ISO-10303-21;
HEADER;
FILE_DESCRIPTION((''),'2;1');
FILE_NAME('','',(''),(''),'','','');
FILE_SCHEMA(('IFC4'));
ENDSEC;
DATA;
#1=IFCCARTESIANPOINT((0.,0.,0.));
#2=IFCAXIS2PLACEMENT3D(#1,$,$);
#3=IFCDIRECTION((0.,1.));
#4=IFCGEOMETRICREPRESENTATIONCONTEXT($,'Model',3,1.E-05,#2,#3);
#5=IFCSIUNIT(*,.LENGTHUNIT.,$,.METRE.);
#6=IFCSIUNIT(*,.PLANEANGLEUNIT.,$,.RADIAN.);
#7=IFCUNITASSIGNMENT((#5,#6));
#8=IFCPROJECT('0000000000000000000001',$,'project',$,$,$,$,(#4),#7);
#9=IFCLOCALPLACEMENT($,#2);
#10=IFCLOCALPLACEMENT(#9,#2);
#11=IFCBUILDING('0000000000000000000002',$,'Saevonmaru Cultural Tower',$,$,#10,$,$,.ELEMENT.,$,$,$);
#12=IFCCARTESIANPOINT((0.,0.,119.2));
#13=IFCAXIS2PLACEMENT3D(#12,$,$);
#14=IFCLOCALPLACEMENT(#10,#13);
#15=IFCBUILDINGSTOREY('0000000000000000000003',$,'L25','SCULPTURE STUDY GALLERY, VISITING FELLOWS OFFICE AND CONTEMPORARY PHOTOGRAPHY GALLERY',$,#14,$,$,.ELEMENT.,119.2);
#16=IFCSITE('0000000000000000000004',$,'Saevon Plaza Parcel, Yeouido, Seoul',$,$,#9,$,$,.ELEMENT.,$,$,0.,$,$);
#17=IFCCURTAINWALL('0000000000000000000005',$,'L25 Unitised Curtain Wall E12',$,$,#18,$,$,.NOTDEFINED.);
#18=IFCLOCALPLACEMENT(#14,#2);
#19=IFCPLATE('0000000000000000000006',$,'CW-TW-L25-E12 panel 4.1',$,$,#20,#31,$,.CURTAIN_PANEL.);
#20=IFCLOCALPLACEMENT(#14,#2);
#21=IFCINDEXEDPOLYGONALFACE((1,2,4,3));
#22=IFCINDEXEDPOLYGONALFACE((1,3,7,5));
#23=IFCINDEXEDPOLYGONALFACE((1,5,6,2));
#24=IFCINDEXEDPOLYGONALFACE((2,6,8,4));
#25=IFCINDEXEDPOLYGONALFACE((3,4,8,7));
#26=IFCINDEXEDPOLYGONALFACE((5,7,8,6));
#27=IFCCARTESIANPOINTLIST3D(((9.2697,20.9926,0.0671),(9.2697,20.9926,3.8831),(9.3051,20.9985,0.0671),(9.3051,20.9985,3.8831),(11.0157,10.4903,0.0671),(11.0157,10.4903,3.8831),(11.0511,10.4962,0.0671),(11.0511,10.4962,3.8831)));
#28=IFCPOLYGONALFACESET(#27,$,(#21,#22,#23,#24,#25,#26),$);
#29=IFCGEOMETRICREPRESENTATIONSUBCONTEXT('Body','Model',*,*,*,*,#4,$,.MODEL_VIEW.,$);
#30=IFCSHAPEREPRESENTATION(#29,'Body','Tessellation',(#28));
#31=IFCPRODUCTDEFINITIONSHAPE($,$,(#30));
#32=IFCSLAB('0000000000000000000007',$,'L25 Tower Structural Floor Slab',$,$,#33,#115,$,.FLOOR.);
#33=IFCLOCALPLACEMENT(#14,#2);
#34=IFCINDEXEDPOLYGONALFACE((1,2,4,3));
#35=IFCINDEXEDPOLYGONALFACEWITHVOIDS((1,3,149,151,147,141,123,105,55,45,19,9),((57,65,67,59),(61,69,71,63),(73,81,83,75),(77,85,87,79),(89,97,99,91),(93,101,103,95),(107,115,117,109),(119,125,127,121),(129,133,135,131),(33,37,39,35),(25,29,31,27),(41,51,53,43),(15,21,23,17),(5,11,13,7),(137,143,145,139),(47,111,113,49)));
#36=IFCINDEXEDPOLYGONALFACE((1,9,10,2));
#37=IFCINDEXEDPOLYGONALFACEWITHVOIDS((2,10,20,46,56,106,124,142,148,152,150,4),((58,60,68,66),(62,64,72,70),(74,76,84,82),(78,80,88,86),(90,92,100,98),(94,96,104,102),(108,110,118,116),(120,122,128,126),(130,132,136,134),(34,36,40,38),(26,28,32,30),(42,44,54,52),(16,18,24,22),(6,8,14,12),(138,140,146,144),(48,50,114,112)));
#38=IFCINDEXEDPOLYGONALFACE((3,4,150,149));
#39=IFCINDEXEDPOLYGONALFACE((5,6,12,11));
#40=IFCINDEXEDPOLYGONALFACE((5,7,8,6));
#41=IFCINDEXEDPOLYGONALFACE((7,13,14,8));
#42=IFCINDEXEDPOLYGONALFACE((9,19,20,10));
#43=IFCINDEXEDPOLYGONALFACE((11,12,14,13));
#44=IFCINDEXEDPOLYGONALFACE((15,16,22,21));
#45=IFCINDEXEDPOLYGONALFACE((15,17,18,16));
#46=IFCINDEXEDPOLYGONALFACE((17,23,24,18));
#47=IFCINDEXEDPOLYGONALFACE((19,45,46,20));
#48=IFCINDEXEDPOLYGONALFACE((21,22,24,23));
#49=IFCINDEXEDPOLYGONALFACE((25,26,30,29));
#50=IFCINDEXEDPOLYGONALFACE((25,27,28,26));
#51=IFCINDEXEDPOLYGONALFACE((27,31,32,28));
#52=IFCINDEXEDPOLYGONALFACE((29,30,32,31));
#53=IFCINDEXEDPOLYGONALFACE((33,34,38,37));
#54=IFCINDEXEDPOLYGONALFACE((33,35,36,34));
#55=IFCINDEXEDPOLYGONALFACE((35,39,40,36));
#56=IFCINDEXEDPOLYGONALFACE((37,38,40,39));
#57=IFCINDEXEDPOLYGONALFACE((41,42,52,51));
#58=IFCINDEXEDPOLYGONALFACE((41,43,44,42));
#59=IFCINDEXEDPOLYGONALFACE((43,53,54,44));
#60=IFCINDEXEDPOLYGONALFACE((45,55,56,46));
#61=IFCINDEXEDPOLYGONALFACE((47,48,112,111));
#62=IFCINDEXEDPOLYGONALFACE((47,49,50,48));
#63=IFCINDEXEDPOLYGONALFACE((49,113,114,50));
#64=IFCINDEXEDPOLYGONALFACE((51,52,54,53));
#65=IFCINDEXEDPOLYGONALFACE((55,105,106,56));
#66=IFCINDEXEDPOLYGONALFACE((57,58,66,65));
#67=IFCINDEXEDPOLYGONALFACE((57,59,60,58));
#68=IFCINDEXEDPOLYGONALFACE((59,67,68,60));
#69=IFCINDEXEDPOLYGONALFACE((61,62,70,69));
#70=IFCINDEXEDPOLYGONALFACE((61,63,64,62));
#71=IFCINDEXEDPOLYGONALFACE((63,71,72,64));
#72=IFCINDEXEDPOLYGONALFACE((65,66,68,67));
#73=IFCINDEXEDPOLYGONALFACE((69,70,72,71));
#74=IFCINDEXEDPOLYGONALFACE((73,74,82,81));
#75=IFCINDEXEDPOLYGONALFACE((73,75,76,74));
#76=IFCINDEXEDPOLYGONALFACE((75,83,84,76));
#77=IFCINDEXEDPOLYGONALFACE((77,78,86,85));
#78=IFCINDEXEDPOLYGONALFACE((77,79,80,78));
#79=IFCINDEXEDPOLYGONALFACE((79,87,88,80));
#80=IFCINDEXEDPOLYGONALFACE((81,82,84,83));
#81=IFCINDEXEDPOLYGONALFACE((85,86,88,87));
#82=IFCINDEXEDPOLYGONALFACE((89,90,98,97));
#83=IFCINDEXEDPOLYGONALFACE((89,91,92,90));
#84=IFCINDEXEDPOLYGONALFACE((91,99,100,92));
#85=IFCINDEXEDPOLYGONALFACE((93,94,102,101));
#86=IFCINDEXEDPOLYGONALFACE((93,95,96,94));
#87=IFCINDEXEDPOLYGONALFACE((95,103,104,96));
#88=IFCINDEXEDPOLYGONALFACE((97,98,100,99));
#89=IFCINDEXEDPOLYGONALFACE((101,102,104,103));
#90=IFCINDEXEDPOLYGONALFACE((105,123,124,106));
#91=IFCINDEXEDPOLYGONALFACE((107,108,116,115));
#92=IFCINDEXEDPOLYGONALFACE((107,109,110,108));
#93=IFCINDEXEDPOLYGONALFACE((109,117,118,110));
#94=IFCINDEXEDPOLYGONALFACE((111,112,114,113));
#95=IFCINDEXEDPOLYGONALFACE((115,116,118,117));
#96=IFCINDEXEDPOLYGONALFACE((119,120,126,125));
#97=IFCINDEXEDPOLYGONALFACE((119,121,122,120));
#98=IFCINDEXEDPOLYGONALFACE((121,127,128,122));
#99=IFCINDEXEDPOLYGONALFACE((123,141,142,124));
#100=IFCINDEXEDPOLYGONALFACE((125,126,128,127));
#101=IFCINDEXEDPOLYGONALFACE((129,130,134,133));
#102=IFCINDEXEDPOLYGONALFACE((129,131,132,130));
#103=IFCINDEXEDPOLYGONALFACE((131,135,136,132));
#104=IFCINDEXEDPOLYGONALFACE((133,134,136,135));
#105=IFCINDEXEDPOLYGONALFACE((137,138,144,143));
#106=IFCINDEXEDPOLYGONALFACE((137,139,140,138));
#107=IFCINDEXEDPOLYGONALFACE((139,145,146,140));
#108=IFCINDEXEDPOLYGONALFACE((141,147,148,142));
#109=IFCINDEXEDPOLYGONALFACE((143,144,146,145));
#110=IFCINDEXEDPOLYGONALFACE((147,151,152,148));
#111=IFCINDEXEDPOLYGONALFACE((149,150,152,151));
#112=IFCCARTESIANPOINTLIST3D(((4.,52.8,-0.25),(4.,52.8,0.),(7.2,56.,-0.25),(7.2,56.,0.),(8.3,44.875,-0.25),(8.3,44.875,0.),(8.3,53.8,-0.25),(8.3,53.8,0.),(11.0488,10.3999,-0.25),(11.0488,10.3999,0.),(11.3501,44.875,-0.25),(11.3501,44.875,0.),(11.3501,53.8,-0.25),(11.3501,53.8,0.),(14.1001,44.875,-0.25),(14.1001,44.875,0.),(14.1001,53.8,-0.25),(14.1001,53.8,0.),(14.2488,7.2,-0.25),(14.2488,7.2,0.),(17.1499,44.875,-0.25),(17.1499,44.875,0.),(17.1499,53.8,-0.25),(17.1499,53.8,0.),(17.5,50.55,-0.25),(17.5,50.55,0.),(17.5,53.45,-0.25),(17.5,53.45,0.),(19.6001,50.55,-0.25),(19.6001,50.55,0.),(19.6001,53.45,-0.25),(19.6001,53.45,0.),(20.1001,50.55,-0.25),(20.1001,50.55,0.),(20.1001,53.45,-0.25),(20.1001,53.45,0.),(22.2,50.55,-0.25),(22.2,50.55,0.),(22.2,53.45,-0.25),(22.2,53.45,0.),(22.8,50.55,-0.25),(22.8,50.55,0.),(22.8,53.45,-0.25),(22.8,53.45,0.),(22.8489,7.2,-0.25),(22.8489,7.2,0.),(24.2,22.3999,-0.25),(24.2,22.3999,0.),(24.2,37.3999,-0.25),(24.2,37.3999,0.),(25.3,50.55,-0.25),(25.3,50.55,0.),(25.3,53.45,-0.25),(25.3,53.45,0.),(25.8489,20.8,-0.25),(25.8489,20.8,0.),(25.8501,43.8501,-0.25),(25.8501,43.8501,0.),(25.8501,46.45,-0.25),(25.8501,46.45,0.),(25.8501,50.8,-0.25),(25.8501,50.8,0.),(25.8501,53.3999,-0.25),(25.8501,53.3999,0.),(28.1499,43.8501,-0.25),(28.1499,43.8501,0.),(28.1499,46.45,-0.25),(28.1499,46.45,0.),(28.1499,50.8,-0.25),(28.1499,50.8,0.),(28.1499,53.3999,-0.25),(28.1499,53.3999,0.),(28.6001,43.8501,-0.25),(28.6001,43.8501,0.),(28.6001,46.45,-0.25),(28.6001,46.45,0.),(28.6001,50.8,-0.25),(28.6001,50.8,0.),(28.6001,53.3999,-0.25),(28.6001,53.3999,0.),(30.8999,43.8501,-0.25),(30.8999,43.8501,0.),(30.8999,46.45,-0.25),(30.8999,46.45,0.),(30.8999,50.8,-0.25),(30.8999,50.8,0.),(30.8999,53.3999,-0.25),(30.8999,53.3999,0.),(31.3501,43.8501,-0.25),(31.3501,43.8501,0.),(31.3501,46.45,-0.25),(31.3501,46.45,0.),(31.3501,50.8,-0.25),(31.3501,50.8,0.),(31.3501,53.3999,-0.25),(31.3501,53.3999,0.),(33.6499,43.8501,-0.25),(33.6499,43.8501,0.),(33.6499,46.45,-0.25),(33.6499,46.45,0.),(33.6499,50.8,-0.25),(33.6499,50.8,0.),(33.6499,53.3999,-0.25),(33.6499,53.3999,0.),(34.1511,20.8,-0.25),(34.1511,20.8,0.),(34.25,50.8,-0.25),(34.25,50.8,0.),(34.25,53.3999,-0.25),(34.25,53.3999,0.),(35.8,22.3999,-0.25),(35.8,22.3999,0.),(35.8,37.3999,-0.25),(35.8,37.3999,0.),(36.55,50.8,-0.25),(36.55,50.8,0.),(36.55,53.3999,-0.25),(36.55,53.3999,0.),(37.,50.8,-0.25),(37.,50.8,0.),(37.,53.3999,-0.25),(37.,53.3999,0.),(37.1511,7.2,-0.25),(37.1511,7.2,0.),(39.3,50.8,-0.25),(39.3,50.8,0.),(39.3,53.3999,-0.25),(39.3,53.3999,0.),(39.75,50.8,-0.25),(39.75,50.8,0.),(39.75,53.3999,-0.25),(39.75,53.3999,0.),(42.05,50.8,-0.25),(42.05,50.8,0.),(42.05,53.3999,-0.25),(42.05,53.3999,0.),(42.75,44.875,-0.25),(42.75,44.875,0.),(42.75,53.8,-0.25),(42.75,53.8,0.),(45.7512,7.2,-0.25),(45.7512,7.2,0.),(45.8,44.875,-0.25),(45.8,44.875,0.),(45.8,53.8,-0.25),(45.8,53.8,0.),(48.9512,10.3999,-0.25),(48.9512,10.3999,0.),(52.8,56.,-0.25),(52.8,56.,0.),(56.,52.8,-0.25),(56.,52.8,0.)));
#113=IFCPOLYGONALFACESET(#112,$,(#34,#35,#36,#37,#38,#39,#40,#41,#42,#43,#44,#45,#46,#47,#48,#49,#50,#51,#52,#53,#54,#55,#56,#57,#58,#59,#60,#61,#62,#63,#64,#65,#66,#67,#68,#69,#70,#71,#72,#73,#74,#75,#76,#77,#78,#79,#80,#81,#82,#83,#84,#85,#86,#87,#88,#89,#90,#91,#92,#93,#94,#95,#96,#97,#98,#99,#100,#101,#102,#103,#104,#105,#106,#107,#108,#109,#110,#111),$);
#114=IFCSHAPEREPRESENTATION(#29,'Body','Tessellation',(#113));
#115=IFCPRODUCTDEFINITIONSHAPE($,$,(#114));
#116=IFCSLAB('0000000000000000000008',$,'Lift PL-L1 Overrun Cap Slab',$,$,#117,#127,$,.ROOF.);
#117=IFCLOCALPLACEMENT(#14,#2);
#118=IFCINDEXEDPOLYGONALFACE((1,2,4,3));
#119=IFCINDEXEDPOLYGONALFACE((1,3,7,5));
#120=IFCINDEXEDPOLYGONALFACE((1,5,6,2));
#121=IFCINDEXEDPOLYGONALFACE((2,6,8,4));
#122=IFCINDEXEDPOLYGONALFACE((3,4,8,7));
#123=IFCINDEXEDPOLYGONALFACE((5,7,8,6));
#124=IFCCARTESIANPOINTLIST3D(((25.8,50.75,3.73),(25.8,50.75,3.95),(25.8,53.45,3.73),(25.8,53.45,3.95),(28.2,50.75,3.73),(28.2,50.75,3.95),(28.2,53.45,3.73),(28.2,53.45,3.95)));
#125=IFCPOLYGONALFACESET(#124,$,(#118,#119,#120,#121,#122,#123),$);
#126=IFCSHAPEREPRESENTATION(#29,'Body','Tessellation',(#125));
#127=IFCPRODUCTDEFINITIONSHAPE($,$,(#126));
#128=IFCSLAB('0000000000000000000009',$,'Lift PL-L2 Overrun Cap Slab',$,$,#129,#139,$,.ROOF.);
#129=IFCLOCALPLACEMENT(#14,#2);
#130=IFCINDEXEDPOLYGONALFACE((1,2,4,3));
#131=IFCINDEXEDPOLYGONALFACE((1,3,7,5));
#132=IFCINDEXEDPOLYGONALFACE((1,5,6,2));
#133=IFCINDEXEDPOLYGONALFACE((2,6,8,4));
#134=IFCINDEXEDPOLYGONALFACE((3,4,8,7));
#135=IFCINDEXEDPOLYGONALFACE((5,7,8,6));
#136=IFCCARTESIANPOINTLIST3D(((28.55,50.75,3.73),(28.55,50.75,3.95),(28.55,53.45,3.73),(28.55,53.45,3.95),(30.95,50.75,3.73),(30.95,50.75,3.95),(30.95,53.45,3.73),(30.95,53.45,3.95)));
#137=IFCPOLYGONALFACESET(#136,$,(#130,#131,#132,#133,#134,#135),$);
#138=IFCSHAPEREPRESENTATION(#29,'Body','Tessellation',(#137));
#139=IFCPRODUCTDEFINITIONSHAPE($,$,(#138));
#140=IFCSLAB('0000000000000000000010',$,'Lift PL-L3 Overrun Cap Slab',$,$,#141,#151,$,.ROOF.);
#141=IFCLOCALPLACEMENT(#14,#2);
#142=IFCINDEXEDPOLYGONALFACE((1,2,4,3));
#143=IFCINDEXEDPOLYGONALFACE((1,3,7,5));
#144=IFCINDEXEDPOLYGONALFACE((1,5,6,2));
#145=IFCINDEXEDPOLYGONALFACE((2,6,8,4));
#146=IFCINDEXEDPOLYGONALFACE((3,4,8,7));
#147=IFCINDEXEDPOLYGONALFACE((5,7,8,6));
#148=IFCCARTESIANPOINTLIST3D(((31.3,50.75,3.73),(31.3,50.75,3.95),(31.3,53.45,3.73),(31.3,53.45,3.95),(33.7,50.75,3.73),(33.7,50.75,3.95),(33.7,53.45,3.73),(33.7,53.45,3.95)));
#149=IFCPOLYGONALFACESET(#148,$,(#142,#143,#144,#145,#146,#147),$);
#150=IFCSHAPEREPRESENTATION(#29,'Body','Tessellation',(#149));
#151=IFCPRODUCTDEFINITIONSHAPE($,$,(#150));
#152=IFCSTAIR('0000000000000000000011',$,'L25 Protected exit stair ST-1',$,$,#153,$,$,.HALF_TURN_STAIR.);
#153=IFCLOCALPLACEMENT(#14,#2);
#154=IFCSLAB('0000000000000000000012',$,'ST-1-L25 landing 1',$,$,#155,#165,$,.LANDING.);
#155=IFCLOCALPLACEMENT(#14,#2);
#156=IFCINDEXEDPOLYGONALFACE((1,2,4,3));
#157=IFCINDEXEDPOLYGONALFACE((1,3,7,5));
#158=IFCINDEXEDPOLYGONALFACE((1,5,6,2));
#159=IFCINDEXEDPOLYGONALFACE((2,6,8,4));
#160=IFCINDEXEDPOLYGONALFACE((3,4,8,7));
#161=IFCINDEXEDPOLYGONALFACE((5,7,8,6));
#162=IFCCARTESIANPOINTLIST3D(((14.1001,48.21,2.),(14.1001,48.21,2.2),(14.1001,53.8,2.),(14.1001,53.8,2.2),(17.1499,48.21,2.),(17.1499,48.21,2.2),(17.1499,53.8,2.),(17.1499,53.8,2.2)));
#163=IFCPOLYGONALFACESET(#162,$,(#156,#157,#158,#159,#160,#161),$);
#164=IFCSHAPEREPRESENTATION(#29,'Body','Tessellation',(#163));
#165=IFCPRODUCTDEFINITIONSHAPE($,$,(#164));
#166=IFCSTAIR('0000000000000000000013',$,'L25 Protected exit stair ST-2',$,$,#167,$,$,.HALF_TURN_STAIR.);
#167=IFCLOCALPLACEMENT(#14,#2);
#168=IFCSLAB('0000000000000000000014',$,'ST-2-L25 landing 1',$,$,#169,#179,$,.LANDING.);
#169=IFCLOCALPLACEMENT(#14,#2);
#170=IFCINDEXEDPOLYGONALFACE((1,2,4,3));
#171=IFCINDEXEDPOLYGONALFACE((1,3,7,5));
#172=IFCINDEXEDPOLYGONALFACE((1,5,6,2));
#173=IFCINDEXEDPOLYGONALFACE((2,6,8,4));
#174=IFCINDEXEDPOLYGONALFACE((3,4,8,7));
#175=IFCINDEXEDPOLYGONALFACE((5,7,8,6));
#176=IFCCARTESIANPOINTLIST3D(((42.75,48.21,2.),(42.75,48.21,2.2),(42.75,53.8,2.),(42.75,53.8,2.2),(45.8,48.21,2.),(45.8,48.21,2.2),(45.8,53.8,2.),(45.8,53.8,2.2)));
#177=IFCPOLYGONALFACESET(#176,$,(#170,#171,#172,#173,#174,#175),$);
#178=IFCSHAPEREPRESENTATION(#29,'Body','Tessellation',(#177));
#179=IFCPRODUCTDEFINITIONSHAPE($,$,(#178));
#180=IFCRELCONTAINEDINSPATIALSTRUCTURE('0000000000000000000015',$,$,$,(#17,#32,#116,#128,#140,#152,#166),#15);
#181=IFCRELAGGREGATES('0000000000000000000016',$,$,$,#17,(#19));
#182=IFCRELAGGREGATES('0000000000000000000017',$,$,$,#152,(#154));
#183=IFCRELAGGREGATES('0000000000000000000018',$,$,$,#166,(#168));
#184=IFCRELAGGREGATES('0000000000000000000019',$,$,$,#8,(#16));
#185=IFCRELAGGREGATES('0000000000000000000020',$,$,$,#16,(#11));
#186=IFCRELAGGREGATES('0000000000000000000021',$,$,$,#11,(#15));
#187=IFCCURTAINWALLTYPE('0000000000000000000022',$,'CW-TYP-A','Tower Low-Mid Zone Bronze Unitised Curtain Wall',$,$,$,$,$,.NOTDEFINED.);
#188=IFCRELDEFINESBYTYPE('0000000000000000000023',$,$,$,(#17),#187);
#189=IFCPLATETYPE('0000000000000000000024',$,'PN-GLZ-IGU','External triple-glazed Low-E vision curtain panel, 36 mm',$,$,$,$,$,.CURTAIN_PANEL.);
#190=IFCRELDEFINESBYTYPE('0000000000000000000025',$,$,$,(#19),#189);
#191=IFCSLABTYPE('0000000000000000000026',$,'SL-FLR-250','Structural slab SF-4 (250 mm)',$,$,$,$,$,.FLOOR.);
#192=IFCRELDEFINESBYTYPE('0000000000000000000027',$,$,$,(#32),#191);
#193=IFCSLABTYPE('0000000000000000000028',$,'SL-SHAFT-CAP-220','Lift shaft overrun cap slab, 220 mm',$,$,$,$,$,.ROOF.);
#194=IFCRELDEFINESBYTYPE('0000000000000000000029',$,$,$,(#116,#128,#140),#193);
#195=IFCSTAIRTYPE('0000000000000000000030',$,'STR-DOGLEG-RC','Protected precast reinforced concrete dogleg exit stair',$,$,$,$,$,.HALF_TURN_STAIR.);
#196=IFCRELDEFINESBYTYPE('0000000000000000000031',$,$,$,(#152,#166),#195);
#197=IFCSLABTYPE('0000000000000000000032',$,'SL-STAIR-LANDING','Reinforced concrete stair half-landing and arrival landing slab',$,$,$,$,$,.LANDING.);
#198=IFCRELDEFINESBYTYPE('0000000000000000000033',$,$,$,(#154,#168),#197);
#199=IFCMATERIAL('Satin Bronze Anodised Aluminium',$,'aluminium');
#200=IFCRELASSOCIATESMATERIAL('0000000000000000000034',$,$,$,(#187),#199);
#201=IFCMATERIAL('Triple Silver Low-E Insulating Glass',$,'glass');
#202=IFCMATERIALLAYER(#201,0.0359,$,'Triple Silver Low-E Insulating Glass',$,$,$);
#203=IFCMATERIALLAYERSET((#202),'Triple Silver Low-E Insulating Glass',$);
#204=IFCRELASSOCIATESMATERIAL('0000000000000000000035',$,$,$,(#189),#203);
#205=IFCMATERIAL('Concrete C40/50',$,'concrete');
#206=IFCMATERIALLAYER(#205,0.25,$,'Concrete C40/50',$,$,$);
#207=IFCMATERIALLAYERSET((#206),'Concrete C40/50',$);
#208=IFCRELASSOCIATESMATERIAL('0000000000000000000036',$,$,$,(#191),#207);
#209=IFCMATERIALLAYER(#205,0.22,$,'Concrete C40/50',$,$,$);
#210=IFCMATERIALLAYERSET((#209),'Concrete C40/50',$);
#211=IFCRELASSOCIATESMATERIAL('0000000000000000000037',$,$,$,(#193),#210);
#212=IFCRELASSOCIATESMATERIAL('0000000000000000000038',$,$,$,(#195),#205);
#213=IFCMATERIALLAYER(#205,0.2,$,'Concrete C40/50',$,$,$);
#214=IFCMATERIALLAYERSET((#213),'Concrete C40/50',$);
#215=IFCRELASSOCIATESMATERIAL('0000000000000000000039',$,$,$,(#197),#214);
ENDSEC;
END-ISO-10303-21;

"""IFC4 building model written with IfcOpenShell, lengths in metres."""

from ifc_helpers import new_model, si_unit, direction, frame, origin, origin_2d, place, context, subcontext, project, spatial, polyline, rectangle, outline, extrude, material, layer, layer_set, type_object, element, aggregate, save


model = new_model("IFC4")

# Units and contexts
model_context = context("Model", 3, precision=1e-05, world=origin(), true_north=direction((0.0, 1.0)))
body_context = subcontext(model_context, "Body", "Model", "MODEL_VIEW")
ifc_project = project(units=[si_unit("LENGTHUNIT", "METRE"), si_unit("PLANEANGLEUNIT", "RADIAN")], contexts=[model_context])

# Site, building, storey
site_placement = place(None, origin())
site = spatial("IfcSite", under=ifc_project, at=site_placement, Name="Saevon Plaza Parcel, Yeouido, Seoul", CompositionType="ELEMENT", RefElevation=0.0)
building_placement = place(site_placement, origin())
building = spatial("IfcBuilding", under=site, at=building_placement, Name="Saevonmaru Cultural Tower", CompositionType="ELEMENT")
storey_placement = place(building_placement, frame((0.0, 0.0, 119.2)))
storey = spatial("IfcBuildingStorey", under=building, at=storey_placement, Name="L25", Description="SCULPTURE STUDY GALLERY, VISITING FELLOWS OFFICE AND CONTEMPORARY PHOTOGRAPHY GALLERY", CompositionType="ELEMENT", Elevation=119.2)

# Curtain wall, plate
ifc_material_1 = material(Name="Satin Bronze Anodised Aluminium", Category="aluminium")
curtain_wall_type = type_object("IfcCurtainWallType", Name="CW-TYP-A", Description="Tower Low-Mid Zone Bronze Unitised Curtain Wall", PredefinedType="NOTDEFINED", material=ifc_material_1)
curtain_wall_placement = place(storey_placement, origin())
curtain_wall = element("IfcCurtainWall", 1, at=curtain_wall_placement, inside=storey, type_object=curtain_wall_type, Name="L25 Unitised Curtain Wall E12", PredefinedType="NOTDEFINED")
ifc_material_2 = material(Name="Triple Silver Low-E Insulating Glass", Category="glass")
ifc_layer_1 = layer(ifc_material_2, 0.0359, Name="Triple Silver Low-E Insulating Glass")
ifc_layer_set_1 = layer_set([ifc_layer_1], Name="Triple Silver Low-E Insulating Glass")
plate_type = type_object("IfcPlateType", Name="PN-GLZ-IGU", Description="External triple-glazed Low-E vision curtain panel, 36 mm", PredefinedType="CURTAIN_PANEL", material=ifc_layer_set_1)
plate_placement = place(storey_placement, frame((10.1604, 15.7444, 0.0671), z_axis=(0.0, 0.0, 1.0), x_axis=(0.163999, -0.986461, 0.0)))
plate = element("IfcPlate", 2, at=plate_placement, type_object=plate_type, Name="CW-TW-L25-E12 panel 4.1", PredefinedType="CURTAIN_PANEL", context=body_context, shape_type="SweptSolid", body=[
    extrude(rectangle(XDim=10.6465, YDim=0.0359, at=origin_2d()), origin(), (0.0, 0.0, 1.0), 3.8159),
])
aggregate(curtain_wall, [plate])

# Slabs
ifc_material_3 = material(Name="Concrete C40/50", Category="concrete")
ifc_layer_2 = layer(ifc_material_3, 0.25, Name="Concrete C40/50")
ifc_layer_set_2 = layer_set([ifc_layer_2], Name="Concrete C40/50")
slab_type_1 = type_object("IfcSlabType", Name="SL-FLR-250", Description="Structural slab SF-4 (250 mm)", PredefinedType="FLOOR", material=ifc_layer_set_2)
slab_1_placement = place(storey_placement, frame((0.0, 0.0, -0.25)))
element("IfcSlab", 3, at=slab_1_placement, inside=storey, type_object=slab_type_1, Name="L25 Tower Structural Floor Slab", PredefinedType="FLOOR", context=body_context, shape_type="SweptSolid", body=[
    extrude(outline(polyline([(11.0488, 10.3999), (14.2488, 7.2), (22.8489, 7.2), (25.8489, 20.8), (34.1511, 20.8), (37.1511, 7.2), (45.7512, 7.2), (48.9512, 10.3999), (56.0, 52.8), (52.8, 56.0), (7.2, 56.0), (4.0, 52.8), (11.0488, 10.3999)]), holes=[polyline([(45.8, 44.875), (42.75, 44.875), (42.75, 53.8), (45.8, 53.8), (45.8, 44.875)]), polyline([(39.75, 50.8), (39.75, 53.3999), (42.05, 53.3999), (42.05, 50.8), (39.75, 50.8)]), polyline([(37.0, 50.8), (37.0, 53.3999), (39.3, 53.3999), (39.3, 50.8), (37.0, 50.8)]), polyline([(34.25, 50.8), (34.25, 53.3999), (36.55, 53.3999), (36.55, 50.8), (34.25, 50.8)]), polyline([(24.2, 22.3999), (24.2, 37.3999), (35.8, 37.3999), (35.8, 22.3999), (24.2, 22.3999)]), polyline([(31.3501, 50.8), (31.3501, 53.3999), (33.6499, 53.3999), (33.6499, 50.8), (31.3501, 50.8)]), polyline([(31.3501, 43.8501), (31.3501, 46.45), (33.6499, 46.45), (33.6499, 43.8501), (31.3501, 43.8501)]), polyline([(28.6001, 43.8501), (28.6001, 46.45), (30.8999, 46.45), (30.8999, 43.8501), (28.6001, 43.8501)]), polyline([(28.6001, 50.8), (28.6001, 53.3999), (30.8999, 53.3999), (30.8999, 50.8), (28.6001, 50.8)]), polyline([(25.8501, 50.8), (25.8501, 53.3999), (28.1499, 53.3999), (28.1499, 50.8), (25.8501, 50.8)]), polyline([(25.8501, 43.8501), (25.8501, 46.45), (28.1499, 46.45), (28.1499, 43.8501), (25.8501, 43.8501)]), polyline([(22.8, 50.55), (22.8, 53.45), (25.3, 53.45), (25.3, 50.55), (22.8, 50.55)]), polyline([(20.1001, 50.55), (20.1001, 53.45), (22.2, 53.45), (22.2, 50.55), (20.1001, 50.55)]), polyline([(17.5, 50.55), (17.5, 53.45), (19.6001, 53.45), (19.6001, 50.55), (17.5, 50.55)]), polyline([(17.1499, 44.875), (14.1001, 44.875), (14.1001, 53.8), (17.1499, 53.8), (17.1499, 44.875)]), polyline([(11.3501, 44.875), (8.3, 44.875), (8.3, 53.8), (11.3501, 53.8), (11.3501, 44.875)])]), origin(), (0.0, 0.0, 1.0), 0.25),
])
ifc_layer_3 = layer(ifc_material_3, 0.22, Name="Concrete C40/50")
ifc_layer_set_3 = layer_set([ifc_layer_3], Name="Concrete C40/50")
slab_type_2 = type_object("IfcSlabType", Name="SL-SHAFT-CAP-220", Description="Lift shaft overrun cap slab, 220 mm", PredefinedType="ROOF", material=ifc_layer_set_3)
slab_2_placement = place(storey_placement, frame((0.0, 0.0, 3.73)))
element("IfcSlab", 4, at=slab_2_placement, inside=storey, type_object=slab_type_2, Name="Lift PL-L1 Overrun Cap Slab", PredefinedType="ROOF", context=body_context, shape_type="SweptSolid", body=[
    extrude(outline(polyline([(25.8, 50.75), (28.2, 50.75), (28.2, 53.45), (25.8, 53.45), (25.8, 50.75)])), origin(), (0.0, 0.0, 1.0), 0.22),
])
slab_3_placement = place(storey_placement, frame((0.0, 0.0, 3.73)))
element("IfcSlab", 5, at=slab_3_placement, inside=storey, type_object=slab_type_2, Name="Lift PL-L2 Overrun Cap Slab", PredefinedType="ROOF", context=body_context, shape_type="SweptSolid", body=[
    extrude(outline(polyline([(28.55, 50.75), (30.95, 50.75), (30.95, 53.45), (28.55, 53.45), (28.55, 50.75)])), origin(), (0.0, 0.0, 1.0), 0.22),
])
slab_4_placement = place(storey_placement, frame((0.0, 0.0, 3.73)))
element("IfcSlab", 6, at=slab_4_placement, inside=storey, type_object=slab_type_2, Name="Lift PL-L3 Overrun Cap Slab", PredefinedType="ROOF", context=body_context, shape_type="SweptSolid", body=[
    extrude(outline(polyline([(31.3, 50.75), (33.7, 50.75), (33.7, 53.45), (31.3, 53.45), (31.3, 50.75)])), origin(), (0.0, 0.0, 1.0), 0.22),
])

# Stairs, slabs
stair_type = type_object("IfcStairType", Name="STR-DOGLEG-RC", Description="Protected precast reinforced concrete dogleg exit stair", PredefinedType="HALF_TURN_STAIR", material=ifc_material_3)
stair_1_placement = place(storey_placement, origin())
stair_1 = element("IfcStair", 7, at=stair_1_placement, inside=storey, type_object=stair_type, Name="L25 Protected exit stair ST-1", PredefinedType="HALF_TURN_STAIR")
ifc_layer_4 = layer(ifc_material_3, 0.2, Name="Concrete C40/50")
ifc_layer_set_4 = layer_set([ifc_layer_4], Name="Concrete C40/50")
slab_type_3 = type_object("IfcSlabType", Name="SL-STAIR-LANDING", Description="Reinforced concrete stair half-landing and arrival landing slab", PredefinedType="LANDING", material=ifc_layer_set_4)
slab_5_placement = place(storey_placement, frame((0.0, 0.0, 2.0)))
slab_5 = element("IfcSlab", 8, at=slab_5_placement, type_object=slab_type_3, Name="ST-1-L25 landing 1", PredefinedType="LANDING", context=body_context, shape_type="SweptSolid", body=[
    extrude(outline(polyline([(17.1499, 48.21), (17.1499, 53.8), (14.1001, 53.8), (14.1001, 48.21), (17.1499, 48.21)])), origin(), (0.0, 0.0, 1.0), 0.2),
])
aggregate(stair_1, [slab_5])
stair_2_placement = place(storey_placement, origin())
stair_2 = element("IfcStair", 9, at=stair_2_placement, inside=storey, type_object=stair_type, Name="L25 Protected exit stair ST-2", PredefinedType="HALF_TURN_STAIR")
slab_6_placement = place(storey_placement, frame((0.0, 0.0, 2.0)))
slab_6 = element("IfcSlab", 10, at=slab_6_placement, type_object=slab_type_3, Name="ST-2-L25 landing 1", PredefinedType="LANDING", context=body_context, shape_type="SweptSolid", body=[
    extrude(outline(polyline([(45.8, 48.21), (45.8, 53.8), (42.75, 53.8), (42.75, 48.21), (45.8, 48.21)])), origin(), (0.0, 0.0, 1.0), 0.2),
])
aggregate(stair_2, [slab_6])

save(model, "model.ifc")
